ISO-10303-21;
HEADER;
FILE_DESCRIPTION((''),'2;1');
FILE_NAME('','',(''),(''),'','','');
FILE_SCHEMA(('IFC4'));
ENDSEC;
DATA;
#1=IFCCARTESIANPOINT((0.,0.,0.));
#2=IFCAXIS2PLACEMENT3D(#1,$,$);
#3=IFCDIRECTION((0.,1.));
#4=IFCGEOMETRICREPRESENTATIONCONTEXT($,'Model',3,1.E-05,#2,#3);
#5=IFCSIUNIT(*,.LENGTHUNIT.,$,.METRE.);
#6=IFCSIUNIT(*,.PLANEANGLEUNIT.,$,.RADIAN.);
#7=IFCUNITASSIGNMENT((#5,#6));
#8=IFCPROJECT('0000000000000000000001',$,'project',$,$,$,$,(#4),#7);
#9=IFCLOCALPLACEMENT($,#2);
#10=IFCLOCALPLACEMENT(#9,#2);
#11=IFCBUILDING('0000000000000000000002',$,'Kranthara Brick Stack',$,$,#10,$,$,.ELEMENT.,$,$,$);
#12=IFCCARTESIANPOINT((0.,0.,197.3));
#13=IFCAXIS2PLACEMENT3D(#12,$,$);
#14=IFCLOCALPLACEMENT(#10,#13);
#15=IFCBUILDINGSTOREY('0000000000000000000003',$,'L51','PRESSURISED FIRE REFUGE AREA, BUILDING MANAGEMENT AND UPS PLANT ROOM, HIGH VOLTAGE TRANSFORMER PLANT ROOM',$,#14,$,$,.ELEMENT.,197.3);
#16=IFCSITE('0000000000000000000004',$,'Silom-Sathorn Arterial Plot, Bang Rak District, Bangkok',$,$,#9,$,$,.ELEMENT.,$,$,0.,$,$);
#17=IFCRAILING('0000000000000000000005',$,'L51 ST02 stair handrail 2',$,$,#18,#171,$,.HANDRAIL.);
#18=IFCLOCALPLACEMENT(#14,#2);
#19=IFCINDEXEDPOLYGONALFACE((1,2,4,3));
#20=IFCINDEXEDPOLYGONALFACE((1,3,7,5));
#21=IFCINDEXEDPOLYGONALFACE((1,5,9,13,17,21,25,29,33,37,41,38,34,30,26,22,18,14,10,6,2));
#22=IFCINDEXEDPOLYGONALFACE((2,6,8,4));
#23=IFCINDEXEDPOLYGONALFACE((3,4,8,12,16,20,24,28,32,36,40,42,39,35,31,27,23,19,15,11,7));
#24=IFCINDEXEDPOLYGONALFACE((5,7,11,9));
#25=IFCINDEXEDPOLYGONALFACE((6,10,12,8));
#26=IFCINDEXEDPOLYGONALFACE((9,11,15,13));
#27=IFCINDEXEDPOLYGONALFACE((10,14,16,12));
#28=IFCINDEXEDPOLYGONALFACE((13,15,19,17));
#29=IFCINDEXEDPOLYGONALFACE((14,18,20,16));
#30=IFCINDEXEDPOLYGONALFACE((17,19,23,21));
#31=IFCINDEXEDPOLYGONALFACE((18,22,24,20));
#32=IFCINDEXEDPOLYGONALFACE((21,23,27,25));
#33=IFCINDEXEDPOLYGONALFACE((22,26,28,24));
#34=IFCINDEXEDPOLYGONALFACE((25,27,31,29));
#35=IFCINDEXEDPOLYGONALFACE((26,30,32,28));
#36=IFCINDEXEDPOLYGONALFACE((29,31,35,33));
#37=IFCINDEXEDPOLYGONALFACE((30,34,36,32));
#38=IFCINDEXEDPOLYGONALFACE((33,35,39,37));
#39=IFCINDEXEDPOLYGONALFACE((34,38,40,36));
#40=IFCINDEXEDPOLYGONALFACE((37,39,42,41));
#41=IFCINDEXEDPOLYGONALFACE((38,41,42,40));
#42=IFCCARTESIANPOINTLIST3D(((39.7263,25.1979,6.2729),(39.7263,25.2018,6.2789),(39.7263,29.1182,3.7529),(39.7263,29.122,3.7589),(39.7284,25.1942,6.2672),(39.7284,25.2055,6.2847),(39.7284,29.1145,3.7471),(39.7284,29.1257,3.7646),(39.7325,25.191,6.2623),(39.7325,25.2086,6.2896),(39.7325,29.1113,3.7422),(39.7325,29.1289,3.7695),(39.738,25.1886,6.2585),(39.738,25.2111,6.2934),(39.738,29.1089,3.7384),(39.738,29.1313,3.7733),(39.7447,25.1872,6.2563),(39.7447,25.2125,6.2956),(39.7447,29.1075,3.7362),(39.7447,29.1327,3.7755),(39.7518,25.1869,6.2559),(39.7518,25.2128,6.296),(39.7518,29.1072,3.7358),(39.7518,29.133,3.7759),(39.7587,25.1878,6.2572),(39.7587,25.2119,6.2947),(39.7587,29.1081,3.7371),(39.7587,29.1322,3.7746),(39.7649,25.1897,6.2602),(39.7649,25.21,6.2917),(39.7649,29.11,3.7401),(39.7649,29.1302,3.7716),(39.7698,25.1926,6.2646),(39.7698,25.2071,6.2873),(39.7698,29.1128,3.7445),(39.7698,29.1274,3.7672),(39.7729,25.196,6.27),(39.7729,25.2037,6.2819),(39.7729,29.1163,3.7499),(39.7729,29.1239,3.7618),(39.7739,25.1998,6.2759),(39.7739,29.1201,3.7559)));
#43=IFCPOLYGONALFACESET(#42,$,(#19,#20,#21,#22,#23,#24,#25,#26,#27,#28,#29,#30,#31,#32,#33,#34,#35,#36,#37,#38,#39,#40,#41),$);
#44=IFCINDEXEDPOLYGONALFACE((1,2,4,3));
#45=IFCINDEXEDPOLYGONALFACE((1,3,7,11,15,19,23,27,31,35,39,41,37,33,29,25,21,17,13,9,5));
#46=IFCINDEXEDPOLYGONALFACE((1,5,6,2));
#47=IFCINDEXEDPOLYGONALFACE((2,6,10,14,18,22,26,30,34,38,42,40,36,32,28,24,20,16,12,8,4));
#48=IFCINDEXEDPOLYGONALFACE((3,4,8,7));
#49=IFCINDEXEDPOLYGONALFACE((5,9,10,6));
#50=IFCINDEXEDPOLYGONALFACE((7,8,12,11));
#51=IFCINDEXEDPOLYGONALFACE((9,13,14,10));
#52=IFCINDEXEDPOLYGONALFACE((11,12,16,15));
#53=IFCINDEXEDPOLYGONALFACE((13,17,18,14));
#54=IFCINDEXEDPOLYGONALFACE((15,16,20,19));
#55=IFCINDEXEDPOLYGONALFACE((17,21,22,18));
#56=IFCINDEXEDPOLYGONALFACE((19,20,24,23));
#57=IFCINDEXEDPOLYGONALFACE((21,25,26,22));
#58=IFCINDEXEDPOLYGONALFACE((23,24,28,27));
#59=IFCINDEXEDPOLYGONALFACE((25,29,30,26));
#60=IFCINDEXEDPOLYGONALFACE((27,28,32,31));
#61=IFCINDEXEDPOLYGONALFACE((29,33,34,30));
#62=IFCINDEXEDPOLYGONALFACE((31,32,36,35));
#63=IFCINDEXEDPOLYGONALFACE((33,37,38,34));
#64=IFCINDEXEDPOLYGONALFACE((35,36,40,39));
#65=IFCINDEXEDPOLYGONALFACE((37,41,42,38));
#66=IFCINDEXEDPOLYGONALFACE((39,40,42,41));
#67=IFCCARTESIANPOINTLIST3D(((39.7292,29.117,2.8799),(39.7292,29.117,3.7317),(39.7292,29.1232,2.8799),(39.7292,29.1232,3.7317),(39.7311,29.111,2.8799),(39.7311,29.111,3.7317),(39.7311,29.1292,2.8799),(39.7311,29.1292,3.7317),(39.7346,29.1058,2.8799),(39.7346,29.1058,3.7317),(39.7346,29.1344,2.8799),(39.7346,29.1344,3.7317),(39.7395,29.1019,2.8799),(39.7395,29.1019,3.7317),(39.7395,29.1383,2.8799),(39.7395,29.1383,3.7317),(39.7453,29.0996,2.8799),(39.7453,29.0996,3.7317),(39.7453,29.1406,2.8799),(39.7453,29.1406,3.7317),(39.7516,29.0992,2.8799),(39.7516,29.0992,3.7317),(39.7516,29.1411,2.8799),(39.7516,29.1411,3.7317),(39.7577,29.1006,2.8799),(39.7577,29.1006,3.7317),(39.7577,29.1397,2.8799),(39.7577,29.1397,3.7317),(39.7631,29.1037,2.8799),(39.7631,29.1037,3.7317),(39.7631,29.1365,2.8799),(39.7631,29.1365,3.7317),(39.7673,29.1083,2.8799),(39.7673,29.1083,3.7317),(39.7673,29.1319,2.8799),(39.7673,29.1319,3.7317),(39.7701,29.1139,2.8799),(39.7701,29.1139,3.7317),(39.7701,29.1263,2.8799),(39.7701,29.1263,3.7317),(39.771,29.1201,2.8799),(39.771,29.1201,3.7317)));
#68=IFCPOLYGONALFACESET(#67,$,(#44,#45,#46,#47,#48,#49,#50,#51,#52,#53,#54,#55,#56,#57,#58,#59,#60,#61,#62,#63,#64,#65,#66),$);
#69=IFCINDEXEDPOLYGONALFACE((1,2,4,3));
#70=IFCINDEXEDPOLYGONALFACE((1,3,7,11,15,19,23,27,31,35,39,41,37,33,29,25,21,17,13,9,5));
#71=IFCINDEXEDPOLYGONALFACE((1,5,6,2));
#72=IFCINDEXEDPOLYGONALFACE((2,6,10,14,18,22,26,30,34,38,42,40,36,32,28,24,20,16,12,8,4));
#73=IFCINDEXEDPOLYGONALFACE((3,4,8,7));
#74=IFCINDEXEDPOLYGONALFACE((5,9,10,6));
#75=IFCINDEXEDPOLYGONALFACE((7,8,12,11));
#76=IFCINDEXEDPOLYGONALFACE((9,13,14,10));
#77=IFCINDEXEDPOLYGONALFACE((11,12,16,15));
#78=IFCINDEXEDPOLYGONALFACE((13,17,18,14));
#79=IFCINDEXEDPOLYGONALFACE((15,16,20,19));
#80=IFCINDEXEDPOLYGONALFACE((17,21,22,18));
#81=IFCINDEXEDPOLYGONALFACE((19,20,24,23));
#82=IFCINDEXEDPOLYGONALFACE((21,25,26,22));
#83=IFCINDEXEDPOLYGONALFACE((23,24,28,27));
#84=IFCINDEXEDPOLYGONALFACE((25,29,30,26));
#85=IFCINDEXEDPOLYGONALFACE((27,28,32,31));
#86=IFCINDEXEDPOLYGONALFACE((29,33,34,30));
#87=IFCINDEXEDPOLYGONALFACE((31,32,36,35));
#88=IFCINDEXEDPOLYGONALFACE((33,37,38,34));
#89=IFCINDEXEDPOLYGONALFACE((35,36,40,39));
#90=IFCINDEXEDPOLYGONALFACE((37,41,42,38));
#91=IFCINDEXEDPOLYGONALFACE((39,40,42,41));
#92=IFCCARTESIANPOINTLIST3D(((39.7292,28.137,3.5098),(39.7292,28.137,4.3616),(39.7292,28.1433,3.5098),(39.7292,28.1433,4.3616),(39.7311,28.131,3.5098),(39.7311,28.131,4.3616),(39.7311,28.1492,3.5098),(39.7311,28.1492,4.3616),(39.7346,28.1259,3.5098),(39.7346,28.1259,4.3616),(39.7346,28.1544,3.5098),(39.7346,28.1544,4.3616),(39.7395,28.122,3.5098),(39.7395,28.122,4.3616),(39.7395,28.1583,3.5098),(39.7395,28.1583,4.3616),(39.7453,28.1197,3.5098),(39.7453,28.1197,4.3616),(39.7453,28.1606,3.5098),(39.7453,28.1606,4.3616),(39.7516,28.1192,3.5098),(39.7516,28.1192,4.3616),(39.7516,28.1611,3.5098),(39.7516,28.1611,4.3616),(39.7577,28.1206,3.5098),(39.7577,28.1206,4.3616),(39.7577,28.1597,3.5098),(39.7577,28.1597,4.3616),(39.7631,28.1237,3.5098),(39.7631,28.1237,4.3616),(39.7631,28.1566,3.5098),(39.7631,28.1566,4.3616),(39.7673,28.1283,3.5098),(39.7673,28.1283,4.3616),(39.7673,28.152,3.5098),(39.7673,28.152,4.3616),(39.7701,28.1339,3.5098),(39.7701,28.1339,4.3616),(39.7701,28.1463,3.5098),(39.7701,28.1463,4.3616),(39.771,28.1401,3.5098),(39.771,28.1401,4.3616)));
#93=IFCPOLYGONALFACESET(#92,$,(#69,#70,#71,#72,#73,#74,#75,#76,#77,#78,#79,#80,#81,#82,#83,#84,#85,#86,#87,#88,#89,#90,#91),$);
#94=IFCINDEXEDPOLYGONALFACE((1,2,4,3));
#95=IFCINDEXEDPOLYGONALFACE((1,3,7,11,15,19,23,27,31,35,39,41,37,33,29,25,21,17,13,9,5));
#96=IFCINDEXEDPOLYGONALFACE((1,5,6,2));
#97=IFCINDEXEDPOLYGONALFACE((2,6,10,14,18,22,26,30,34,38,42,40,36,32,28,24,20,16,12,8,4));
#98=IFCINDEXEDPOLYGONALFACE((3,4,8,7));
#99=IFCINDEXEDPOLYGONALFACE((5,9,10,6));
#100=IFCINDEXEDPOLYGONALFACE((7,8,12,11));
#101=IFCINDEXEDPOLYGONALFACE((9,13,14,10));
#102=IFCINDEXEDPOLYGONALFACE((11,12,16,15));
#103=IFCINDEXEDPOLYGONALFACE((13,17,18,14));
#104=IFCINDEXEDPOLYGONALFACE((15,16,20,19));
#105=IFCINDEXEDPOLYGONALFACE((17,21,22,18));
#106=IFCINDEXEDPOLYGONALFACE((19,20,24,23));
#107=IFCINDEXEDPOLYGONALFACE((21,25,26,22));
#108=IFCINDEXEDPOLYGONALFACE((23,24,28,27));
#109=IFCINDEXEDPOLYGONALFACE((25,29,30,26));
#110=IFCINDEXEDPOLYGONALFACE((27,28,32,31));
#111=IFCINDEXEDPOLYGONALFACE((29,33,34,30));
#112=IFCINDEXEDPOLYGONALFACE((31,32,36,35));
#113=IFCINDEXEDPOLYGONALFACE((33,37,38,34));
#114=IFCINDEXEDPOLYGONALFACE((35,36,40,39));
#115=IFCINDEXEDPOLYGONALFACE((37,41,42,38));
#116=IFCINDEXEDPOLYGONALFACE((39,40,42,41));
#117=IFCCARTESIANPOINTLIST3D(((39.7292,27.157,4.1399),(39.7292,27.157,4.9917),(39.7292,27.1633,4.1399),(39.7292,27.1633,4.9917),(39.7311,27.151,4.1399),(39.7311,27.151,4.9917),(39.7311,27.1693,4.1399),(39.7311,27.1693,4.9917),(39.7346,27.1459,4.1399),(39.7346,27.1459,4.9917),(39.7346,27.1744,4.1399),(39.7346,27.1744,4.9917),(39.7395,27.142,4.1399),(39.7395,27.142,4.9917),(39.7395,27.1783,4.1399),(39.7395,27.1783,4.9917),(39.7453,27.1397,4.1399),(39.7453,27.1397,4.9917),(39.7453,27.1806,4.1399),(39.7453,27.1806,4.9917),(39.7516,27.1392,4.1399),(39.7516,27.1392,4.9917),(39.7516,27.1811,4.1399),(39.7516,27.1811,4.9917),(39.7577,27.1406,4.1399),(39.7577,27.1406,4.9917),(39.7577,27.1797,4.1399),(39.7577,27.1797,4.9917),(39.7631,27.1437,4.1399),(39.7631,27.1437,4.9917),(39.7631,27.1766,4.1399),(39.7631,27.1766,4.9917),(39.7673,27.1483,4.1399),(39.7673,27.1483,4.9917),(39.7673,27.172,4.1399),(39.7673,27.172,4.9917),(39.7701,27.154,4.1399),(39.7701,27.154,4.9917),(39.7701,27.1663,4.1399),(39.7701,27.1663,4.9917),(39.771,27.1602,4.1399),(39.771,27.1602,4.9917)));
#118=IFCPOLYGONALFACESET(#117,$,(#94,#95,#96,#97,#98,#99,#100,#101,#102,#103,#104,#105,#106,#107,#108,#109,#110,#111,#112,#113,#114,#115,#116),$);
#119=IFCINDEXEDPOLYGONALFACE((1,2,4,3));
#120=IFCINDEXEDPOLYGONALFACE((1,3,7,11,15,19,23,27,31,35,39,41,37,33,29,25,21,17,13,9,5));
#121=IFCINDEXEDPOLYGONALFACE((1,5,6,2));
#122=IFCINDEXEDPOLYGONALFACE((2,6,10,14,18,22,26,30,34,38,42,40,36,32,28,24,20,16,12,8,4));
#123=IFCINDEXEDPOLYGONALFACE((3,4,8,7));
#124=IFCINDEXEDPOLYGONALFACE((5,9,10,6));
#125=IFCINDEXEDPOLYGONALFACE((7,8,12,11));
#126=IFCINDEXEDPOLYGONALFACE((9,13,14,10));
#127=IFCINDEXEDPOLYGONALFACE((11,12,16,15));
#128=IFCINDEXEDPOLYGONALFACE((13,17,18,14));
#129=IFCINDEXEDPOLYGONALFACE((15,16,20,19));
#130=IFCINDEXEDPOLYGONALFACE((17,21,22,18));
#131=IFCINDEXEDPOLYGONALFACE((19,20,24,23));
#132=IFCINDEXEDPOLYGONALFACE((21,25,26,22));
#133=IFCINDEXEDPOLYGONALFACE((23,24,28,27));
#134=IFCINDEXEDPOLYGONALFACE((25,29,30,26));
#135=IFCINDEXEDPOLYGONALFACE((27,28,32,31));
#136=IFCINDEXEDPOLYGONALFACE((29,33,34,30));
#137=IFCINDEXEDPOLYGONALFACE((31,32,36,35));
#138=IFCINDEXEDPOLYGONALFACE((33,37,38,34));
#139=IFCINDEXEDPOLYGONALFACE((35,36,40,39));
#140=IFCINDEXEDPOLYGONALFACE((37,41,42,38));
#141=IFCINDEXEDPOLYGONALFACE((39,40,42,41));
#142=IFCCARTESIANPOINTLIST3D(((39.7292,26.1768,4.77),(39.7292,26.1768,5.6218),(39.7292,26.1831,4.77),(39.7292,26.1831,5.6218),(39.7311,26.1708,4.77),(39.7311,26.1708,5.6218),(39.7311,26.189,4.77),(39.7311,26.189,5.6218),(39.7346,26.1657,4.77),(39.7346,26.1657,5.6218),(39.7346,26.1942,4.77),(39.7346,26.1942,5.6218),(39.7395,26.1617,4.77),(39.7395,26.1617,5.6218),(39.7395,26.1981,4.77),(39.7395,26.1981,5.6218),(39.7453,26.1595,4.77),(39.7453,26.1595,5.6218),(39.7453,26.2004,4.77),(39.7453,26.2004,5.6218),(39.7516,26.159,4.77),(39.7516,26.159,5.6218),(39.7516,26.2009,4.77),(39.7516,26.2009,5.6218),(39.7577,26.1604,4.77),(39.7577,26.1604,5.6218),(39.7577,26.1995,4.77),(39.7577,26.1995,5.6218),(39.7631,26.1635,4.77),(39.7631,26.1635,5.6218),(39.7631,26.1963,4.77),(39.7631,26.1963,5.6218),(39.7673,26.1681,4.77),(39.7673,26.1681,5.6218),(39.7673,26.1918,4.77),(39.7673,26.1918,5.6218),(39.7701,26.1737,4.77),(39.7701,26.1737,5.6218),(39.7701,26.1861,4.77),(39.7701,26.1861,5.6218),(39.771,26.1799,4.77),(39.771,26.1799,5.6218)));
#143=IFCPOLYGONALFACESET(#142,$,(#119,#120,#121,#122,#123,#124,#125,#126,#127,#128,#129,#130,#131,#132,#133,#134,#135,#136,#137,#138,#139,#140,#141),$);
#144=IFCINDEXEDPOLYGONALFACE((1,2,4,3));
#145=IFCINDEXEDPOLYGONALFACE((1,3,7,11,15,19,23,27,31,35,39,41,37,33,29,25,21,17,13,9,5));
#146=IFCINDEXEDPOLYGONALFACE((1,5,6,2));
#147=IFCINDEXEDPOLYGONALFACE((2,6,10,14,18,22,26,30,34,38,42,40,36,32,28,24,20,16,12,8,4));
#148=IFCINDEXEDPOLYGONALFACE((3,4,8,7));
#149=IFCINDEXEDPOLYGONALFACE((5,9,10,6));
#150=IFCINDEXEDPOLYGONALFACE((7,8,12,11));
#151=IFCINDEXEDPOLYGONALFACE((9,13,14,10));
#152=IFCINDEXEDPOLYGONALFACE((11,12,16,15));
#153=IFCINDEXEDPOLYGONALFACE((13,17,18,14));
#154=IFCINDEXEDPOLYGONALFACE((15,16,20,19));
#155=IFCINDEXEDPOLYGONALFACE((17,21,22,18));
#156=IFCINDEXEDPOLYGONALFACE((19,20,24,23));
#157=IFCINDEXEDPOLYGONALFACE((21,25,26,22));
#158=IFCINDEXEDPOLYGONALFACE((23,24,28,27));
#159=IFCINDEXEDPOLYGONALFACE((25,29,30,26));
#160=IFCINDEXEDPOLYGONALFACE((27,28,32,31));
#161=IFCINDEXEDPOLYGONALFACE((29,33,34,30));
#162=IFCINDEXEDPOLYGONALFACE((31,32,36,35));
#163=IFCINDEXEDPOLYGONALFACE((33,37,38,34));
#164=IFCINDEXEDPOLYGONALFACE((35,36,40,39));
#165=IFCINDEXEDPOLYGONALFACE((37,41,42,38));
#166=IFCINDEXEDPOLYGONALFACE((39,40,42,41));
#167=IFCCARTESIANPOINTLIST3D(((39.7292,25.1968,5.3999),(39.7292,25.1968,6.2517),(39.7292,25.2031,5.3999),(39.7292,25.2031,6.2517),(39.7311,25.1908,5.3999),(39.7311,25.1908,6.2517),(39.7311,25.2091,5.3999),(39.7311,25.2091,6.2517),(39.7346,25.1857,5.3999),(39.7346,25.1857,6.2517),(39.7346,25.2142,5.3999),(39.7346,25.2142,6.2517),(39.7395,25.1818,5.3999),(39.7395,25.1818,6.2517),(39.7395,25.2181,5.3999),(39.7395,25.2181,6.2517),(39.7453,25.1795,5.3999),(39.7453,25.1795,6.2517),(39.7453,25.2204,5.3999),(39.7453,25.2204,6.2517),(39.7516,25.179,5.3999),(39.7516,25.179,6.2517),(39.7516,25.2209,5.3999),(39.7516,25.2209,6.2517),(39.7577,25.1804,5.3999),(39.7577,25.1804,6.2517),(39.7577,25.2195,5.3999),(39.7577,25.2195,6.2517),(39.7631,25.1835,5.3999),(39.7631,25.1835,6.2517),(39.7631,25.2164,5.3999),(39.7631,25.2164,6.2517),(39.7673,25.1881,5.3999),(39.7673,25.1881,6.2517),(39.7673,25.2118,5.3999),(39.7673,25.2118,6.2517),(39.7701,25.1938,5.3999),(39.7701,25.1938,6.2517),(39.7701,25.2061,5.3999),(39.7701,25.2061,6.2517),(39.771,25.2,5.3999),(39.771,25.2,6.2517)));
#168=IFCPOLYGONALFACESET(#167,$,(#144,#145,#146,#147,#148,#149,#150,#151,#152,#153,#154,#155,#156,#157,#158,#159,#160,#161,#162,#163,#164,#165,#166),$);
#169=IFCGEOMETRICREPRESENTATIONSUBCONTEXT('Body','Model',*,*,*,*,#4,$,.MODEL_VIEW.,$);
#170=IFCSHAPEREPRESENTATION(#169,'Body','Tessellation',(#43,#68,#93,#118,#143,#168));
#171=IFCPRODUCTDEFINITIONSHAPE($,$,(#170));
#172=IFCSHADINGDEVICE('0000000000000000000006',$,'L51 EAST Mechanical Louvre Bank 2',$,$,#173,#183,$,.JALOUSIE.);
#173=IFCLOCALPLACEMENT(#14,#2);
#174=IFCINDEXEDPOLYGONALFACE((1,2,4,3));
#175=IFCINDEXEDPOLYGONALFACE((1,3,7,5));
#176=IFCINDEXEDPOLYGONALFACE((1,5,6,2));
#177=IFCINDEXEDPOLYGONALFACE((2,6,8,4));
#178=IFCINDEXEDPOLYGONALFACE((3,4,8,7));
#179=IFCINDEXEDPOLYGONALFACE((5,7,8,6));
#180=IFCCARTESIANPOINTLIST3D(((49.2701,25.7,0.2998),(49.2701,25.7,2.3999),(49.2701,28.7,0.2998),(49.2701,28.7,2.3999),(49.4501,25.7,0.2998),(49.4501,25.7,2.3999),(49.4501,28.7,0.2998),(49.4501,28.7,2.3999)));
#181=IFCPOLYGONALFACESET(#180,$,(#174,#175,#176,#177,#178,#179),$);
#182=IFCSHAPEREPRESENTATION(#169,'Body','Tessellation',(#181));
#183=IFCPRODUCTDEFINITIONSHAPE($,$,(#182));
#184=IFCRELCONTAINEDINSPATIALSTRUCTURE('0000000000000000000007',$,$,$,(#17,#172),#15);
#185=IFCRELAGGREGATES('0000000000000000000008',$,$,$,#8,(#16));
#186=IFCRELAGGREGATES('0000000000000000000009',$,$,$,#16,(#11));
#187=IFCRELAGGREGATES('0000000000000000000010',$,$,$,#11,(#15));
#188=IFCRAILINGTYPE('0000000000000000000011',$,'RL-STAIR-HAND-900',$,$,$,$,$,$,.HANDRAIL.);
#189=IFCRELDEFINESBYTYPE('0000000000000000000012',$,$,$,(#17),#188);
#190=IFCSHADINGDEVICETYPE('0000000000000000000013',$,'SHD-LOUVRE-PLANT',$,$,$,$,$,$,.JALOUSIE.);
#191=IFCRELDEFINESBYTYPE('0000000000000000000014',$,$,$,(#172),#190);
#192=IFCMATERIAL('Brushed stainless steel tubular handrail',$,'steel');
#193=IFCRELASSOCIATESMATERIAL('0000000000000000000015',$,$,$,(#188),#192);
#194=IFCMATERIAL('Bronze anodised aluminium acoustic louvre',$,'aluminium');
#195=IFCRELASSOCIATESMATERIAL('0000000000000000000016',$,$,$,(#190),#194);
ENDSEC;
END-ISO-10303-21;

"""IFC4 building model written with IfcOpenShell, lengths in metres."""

from ifc_helpers import new_model, si_unit, direction, frame, origin, origin_2d, place, context, subcontext, project, spatial, rectangle, circle, extrude, material, type_object, element, save


model = new_model("IFC4")

# Units and contexts
model_context = context("Model", 3, precision=1e-05, world=origin(), true_north=direction((0.0, 1.0)))
body_context = subcontext(model_context, "Body", "Model", "MODEL_VIEW")
ifc_project = project(units=[si_unit("LENGTHUNIT", "METRE"), si_unit("PLANEANGLEUNIT", "RADIAN")], contexts=[model_context])

# Site, building, storey
site_placement = place(None, origin())
site = spatial("IfcSite", under=ifc_project, at=site_placement, Name="Silom-Sathorn Arterial Plot, Bang Rak District, Bangkok", CompositionType="ELEMENT", RefElevation=0.0)
building_placement = place(site_placement, origin())
building = spatial("IfcBuilding", under=site, at=building_placement, Name="Kranthara Brick Stack", CompositionType="ELEMENT")
storey_placement = place(building_placement, frame((0.0, 0.0, 197.3)))
storey = spatial("IfcBuildingStorey", under=building, at=storey_placement, Name="L51", Description="PRESSURISED FIRE REFUGE AREA, BUILDING MANAGEMENT AND UPS PLANT ROOM, HIGH VOLTAGE TRANSFORMER PLANT ROOM", CompositionType="ELEMENT", Elevation=197.3)

# Railing
ifc_material_1 = material(Name="Brushed stainless steel tubular handrail", Category="steel")
railing_type_1 = type_object("IfcRailingType", Name="RL-STAIR-HAND-900", PredefinedType="HANDRAIL", material=ifc_material_1)
railing_1_placement = place(storey_placement, frame((39.75, 29.1201, 2.8799)))
element("IfcRailing", 1, at=railing_1_placement, inside=storey, type_object=railing_type_1, Name="L51 ST02 stair handrail 2", PredefinedType="HANDRAIL", context=body_context, shape_type="SweptSolid", body=[
    extrude(circle(Radius=0.0239, at=origin_2d()), frame((0.0, 0.0, 0.876), z_axis=(0.0, -0.841187, 0.540744), x_axis=(1.0, 0.0, 0.0)), (0.0, 0.0, 1.0), 4.6604),
    extrude(circle(Radius=0.021, at=origin_2d()), origin(), (0.0, 0.0, 1.0), 0.8518),
    extrude(circle(Radius=0.021, at=origin_2d()), frame((0.0, -0.98, 0.6299)), (0.0, 0.0, 1.0), 0.8518),
    extrude(circle(Radius=0.021, at=origin_2d()), frame((0.0, -1.96, 1.26)), (0.0, 0.0, 1.0), 0.8518),
    extrude(circle(Radius=0.021, at=origin_2d()), frame((0.0, -2.9402, 1.8901)), (0.0, 0.0, 1.0), 0.8518),
    extrude(circle(Radius=0.021, at=origin_2d()), frame((0.0, -3.9202, 2.52)), (0.0, 0.0, 1.0), 0.8518),
])

# Shading device
ifc_material_2 = material(Name="Bronze anodised aluminium acoustic louvre", Category="aluminium")
shading_device_type = type_object("IfcShadingDeviceType", Name="SHD-LOUVRE-PLANT", PredefinedType="JALOUSIE", material=ifc_material_2)
shading_device_placement = place(storey_placement, frame((49.3601, 27.2, 0.2998), z_axis=(0.0, 0.0, 1.0), x_axis=(0.0, -1.0, 0.0)))
element("IfcShadingDevice", 2, at=shading_device_placement, inside=storey, type_object=shading_device_type, Name="L51 EAST Mechanical Louvre Bank 2", PredefinedType="JALOUSIE", context=body_context, shape_type="SweptSolid", body=[
    extrude(rectangle(XDim=3.0, YDim=0.1799, at=origin_2d()), origin(), (0.0, 0.0, 1.0), 2.1001),
])

save(model, "model.ifc")
